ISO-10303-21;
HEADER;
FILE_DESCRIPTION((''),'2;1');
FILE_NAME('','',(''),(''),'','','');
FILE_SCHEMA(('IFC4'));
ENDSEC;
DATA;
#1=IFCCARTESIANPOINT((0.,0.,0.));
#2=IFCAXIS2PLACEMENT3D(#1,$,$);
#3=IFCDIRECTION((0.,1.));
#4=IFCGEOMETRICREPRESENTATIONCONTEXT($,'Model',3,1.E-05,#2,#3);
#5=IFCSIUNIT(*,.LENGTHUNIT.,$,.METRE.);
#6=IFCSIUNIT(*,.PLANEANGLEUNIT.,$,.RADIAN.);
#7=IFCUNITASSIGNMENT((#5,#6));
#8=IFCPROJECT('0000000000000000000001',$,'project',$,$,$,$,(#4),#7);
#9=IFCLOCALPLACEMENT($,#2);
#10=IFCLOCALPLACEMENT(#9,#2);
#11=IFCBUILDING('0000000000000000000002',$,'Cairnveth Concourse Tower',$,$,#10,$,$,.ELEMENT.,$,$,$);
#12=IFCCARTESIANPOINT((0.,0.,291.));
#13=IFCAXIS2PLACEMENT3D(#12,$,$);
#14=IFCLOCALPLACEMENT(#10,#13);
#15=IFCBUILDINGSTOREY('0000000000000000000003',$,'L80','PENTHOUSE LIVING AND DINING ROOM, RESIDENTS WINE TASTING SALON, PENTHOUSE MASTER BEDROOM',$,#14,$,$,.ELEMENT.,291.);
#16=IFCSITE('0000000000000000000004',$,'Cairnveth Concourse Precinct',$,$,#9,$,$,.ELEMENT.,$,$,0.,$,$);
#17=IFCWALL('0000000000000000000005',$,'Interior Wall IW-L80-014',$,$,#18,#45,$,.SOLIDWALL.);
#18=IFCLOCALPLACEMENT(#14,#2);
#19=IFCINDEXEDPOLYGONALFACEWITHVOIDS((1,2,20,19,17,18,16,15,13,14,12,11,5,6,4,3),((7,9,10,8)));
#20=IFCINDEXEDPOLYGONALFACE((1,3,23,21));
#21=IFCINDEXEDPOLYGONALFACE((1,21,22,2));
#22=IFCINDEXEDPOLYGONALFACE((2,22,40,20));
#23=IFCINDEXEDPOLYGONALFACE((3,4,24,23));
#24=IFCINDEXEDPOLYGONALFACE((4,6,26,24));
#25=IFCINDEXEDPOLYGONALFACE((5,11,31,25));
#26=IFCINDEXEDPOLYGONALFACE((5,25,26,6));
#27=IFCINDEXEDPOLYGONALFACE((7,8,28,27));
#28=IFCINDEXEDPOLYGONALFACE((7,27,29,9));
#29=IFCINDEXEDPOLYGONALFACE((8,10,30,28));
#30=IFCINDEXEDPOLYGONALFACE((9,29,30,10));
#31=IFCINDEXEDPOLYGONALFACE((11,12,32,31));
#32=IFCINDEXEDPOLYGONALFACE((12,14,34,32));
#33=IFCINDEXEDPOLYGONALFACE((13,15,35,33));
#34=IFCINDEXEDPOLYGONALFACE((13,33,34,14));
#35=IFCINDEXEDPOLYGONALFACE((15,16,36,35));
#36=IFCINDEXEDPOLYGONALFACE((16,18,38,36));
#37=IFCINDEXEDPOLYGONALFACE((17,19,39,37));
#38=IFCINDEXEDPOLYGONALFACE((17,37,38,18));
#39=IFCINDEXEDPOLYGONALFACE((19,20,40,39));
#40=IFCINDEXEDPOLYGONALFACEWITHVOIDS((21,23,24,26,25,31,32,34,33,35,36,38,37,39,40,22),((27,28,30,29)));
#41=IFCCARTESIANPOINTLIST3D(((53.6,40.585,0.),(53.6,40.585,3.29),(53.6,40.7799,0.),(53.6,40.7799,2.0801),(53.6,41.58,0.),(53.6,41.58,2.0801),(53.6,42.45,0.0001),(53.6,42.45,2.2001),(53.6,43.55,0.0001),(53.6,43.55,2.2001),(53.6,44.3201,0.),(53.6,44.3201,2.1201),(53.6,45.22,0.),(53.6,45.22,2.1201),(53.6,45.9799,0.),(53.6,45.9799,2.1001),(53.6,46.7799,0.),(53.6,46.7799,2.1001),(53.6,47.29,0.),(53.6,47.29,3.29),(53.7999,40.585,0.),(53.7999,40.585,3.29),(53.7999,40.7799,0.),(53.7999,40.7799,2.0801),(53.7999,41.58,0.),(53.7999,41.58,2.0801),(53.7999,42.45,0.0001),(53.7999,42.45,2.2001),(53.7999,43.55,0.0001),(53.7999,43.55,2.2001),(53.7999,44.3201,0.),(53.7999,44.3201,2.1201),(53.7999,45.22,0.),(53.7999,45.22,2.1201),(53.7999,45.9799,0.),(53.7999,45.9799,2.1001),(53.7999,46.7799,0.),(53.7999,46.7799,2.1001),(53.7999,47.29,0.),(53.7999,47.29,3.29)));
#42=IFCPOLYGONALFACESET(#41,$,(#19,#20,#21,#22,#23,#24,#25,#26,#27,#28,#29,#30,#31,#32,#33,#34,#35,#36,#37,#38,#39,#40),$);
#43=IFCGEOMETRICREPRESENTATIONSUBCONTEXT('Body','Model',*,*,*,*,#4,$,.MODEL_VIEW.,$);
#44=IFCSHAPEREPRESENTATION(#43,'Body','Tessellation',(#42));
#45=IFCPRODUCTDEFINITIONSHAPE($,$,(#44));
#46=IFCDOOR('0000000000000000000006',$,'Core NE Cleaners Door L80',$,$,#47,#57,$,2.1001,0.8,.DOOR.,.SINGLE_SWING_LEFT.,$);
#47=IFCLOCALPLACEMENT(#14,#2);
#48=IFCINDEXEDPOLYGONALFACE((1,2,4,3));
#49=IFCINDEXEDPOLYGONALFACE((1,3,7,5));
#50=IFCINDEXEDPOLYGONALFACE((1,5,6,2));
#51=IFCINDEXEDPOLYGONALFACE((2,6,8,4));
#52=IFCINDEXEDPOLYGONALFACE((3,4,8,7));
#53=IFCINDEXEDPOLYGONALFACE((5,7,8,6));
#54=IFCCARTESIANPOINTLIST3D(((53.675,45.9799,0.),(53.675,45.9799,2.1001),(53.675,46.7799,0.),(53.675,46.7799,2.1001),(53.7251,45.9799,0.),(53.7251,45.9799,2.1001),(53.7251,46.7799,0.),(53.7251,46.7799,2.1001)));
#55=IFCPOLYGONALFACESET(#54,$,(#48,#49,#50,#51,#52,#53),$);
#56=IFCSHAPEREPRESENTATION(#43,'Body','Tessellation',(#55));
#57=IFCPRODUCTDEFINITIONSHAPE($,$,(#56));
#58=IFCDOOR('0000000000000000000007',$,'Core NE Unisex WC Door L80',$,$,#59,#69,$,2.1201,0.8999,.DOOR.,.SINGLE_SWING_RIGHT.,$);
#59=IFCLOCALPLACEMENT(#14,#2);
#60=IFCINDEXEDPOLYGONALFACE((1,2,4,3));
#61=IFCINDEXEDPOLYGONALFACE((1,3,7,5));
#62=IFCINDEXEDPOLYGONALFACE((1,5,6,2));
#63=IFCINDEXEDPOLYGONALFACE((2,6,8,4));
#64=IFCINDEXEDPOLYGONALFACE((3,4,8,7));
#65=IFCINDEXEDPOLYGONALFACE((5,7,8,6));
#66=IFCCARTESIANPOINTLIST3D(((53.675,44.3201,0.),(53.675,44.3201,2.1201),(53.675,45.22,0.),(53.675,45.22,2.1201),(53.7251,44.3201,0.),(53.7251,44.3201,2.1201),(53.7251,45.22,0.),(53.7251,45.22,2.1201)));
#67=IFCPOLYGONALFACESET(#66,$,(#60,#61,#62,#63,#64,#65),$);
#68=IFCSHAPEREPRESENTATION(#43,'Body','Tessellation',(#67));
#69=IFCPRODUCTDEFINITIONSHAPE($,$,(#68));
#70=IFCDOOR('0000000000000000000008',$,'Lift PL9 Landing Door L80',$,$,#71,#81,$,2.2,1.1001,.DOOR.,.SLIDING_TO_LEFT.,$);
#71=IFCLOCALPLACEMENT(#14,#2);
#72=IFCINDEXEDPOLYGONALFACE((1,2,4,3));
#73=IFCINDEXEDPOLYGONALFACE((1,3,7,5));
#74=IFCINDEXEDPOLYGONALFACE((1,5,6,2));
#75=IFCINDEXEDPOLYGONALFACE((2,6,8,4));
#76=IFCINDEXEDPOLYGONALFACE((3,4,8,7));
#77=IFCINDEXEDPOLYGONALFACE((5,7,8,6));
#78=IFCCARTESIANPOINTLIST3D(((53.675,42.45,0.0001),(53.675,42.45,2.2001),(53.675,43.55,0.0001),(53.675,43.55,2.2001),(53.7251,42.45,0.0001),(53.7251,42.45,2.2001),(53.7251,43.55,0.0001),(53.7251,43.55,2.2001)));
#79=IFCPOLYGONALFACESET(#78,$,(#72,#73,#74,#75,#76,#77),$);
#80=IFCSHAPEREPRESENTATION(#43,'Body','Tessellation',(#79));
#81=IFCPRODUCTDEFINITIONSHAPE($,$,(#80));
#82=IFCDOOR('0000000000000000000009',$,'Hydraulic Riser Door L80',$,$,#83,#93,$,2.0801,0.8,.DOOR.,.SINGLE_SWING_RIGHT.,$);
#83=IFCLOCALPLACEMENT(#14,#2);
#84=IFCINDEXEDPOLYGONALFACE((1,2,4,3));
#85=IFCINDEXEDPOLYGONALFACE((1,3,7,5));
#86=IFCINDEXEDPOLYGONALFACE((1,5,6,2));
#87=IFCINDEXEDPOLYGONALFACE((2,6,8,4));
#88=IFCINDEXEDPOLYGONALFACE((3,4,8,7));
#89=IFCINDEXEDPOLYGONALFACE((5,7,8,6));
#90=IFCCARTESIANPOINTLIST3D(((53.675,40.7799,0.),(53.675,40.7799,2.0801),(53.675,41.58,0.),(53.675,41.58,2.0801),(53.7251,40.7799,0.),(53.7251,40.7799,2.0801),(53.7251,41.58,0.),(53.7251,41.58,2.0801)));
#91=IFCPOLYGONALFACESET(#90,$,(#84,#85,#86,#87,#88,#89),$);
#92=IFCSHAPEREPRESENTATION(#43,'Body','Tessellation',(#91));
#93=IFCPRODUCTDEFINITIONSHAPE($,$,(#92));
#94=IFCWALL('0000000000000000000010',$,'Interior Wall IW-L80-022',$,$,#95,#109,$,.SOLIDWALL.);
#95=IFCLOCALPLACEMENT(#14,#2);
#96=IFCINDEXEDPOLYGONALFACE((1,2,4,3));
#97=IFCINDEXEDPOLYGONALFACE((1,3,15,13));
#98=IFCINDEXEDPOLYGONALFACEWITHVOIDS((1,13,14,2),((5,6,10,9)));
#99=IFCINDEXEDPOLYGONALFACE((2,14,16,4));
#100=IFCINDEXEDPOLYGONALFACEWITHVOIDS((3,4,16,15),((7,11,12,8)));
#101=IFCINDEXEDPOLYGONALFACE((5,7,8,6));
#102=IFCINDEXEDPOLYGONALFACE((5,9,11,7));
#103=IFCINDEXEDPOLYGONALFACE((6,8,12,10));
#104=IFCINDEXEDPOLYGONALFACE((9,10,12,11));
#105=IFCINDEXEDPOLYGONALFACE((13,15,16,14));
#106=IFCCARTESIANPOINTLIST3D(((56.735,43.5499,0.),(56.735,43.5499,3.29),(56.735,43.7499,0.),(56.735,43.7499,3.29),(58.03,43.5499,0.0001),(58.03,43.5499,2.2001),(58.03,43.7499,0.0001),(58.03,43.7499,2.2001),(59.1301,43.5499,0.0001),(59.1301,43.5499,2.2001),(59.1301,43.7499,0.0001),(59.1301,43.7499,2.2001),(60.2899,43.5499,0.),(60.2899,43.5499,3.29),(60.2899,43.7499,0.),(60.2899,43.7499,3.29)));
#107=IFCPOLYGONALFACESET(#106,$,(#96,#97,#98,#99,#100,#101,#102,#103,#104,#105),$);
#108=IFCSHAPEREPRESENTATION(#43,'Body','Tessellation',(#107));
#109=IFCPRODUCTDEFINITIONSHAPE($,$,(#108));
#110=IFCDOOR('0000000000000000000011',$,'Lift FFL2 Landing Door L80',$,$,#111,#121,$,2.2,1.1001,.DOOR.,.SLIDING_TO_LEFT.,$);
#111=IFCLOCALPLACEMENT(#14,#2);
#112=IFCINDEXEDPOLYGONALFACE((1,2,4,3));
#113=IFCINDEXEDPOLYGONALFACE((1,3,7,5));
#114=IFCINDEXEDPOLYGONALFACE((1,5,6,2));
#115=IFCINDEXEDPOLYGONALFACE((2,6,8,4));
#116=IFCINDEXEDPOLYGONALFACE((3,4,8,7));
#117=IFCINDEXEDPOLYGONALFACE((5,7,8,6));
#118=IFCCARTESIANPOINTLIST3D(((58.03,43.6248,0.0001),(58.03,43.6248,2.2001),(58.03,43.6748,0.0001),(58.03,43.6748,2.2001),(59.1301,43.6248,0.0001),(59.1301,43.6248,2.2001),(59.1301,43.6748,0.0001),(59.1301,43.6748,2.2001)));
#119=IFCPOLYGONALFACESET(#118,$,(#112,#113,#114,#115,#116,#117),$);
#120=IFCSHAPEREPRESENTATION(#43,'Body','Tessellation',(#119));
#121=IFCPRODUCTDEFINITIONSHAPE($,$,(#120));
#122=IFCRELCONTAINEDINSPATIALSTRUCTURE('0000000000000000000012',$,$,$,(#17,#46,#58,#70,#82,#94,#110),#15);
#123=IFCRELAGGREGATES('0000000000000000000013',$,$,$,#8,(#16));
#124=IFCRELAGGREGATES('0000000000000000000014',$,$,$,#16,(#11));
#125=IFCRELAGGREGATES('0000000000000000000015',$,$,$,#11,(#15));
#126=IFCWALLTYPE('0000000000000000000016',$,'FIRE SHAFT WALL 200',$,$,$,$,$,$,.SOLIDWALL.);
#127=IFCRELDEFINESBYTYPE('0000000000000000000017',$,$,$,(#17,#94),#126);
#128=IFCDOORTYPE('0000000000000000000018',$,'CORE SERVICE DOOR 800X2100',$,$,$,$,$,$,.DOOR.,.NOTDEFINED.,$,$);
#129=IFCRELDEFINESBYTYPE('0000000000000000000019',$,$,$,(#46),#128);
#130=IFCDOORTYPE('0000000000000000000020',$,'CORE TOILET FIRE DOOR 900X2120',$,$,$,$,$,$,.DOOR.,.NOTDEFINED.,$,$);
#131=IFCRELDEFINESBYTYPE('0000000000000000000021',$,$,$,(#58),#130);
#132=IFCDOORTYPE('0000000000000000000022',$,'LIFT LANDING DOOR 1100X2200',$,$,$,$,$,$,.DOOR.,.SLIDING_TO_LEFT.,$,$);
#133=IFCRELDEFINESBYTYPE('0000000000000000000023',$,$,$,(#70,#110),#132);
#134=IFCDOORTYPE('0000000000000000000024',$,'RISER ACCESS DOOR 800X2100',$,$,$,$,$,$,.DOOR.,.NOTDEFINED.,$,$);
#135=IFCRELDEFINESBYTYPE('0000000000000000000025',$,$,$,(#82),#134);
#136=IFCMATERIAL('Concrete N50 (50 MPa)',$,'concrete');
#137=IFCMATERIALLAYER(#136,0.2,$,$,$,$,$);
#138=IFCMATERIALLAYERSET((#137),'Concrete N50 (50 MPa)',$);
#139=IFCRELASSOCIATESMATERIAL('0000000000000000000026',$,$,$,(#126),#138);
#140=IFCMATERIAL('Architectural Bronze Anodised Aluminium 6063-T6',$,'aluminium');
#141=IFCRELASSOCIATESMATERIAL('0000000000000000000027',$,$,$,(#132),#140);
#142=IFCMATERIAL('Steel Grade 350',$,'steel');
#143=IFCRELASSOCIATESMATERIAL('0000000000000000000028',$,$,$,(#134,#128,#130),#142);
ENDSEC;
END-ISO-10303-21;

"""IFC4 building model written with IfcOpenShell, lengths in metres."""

from ifc_helpers import new_model, si_unit, direction, frame, frame_2d, origin, place, context, subcontext, project, spatial, rectangle, extrude, material, layer, layer_set, type_object, element, fill, save


model = new_model("IFC4")

# Units and contexts
model_context = context("Model", 3, precision=1e-05, world=origin(), true_north=direction((0.0, 1.0)))
body_context = subcontext(model_context, "Body", "Model", "MODEL_VIEW")
ifc_project = project(units=[si_unit("LENGTHUNIT", "METRE"), si_unit("PLANEANGLEUNIT", "RADIAN")], contexts=[model_context])

# Site, building, storey
site_placement = place(None, origin())
site = spatial("IfcSite", under=ifc_project, at=site_placement, Name="Cairnveth Concourse Precinct", CompositionType="ELEMENT", RefElevation=0.0)
building_placement = place(site_placement, origin())
building = spatial("IfcBuilding", under=site, at=building_placement, Name="Cairnveth Concourse Tower", CompositionType="ELEMENT")
storey_placement = place(building_placement, frame((0.0, 0.0, 291.0)))
storey = spatial("IfcBuildingStorey", under=building, at=storey_placement, Name="L80", Description="PENTHOUSE LIVING AND DINING ROOM, RESIDENTS WINE TASTING SALON, PENTHOUSE MASTER BEDROOM", CompositionType="ELEMENT", Elevation=291.0)

# Shared definitions
ifc_material_1 = material(Name="Steel Grade 350", Category="steel")

# Shared definitions
ifc_material_2 = material(Name="Concrete N50 (50 MPa)", Category="concrete")

# Shared definitions
ifc_layer_1 = layer(ifc_material_2, 0.2)
ifc_layer_set_1 = layer_set([ifc_layer_1], Name="Concrete N50 (50 MPa)")
wall_type_1 = type_object("IfcWallType", Name="FIRE SHAFT WALL 200", PredefinedType="SOLIDWALL", material=ifc_layer_set_1)

# Wall, openings, doors
ifc_material_3 = material(Name="Architectural Bronze Anodised Aluminium 6063-T6", Category="aluminium")
door_type_1 = type_object("IfcDoorType", Name="LIFT LANDING DOOR 1100X2200", OperationType="SLIDING_TO_LEFT", PredefinedType="DOOR", material=ifc_material_3)
door_type_2 = type_object("IfcDoorType", Name="RISER ACCESS DOOR 800X2100", OperationType="NOTDEFINED", PredefinedType="DOOR", material=ifc_material_1)
wall_1_placement = place(storey_placement, frame((53.7, 40.585, 0.0), z_axis=(0.0, 0.0, 1.0), x_axis=(0.0, 1.0, 0.0)))
wall_1 = element("IfcWall", 1, at=wall_1_placement, inside=storey, type_object=wall_type_1, Name="Interior Wall IW-L80-014", PredefinedType="SOLIDWALL", context=body_context, shape_type="SweptSolid", body=[
    extrude(rectangle(XDim=6.7051, YDim=0.2, at=frame_2d((3.3525, 0.0))), origin(), (0.0, 0.0, 1.0), 3.29),
])
opening_1_placement = place(wall_1_placement, frame((0.1951, 0.0, 0.0)))
opening_1 = element("IfcOpeningElement", 2, at=opening_1_placement, cuts=wall_1, PredefinedType="OPENING", context=body_context, shape_type="SweptSolid", body=[
    extrude(rectangle(XDim=0.8, YDim=2.0801, at=frame_2d((0.3999, 1.04))), frame((0.0, 0.1099, 0.0), z_axis=(0.0, -1.0, 0.0), x_axis=(1.0, 0.0, 0.0)), (0.0, 0.0, 1.0), 0.22),
])
opening_2_placement = place(wall_1_placement, frame((1.865, 0.0, 0.0)))
opening_2 = element("IfcOpeningElement", 3, at=opening_2_placement, cuts=wall_1, PredefinedType="OPENING", context=body_context, shape_type="SweptSolid", body=[
    extrude(rectangle(XDim=1.1001, YDim=2.2, at=frame_2d((0.55, 1.1001))), frame((0.0, 0.1099, 0.0), z_axis=(0.0, -1.0, 0.0), x_axis=(1.0, 0.0, 0.0)), (0.0, 0.0, 1.0), 0.22),
])
opening_3_placement = place(wall_1_placement, frame((3.7351, 0.0, 0.0)))
opening_3 = element("IfcOpeningElement", 4, at=opening_3_placement, cuts=wall_1, PredefinedType="OPENING", context=body_context, shape_type="SweptSolid", body=[
    extrude(rectangle(XDim=0.8999, YDim=2.1201, at=frame_2d((0.45, 1.0601))), frame((0.0, 0.1099, 0.0), z_axis=(0.0, -1.0, 0.0), x_axis=(1.0, 0.0, 0.0)), (0.0, 0.0, 1.0), 0.22),
])
opening_4_placement = place(wall_1_placement, frame((5.395, 0.0, 0.0)))
opening_4 = element("IfcOpeningElement", 5, at=opening_4_placement, cuts=wall_1, PredefinedType="OPENING", context=body_context, shape_type="SweptSolid", body=[
    extrude(rectangle(XDim=0.8, YDim=2.1001, at=frame_2d((0.3999, 1.05))), frame((0.0, 0.1099, 0.0), z_axis=(0.0, -1.0, 0.0), x_axis=(1.0, 0.0, 0.0)), (0.0, 0.0, 1.0), 0.22),
])
door_type_3 = type_object("IfcDoorType", Name="CORE SERVICE DOOR 800X2100", OperationType="NOTDEFINED", PredefinedType="DOOR", material=ifc_material_1)
door_1_placement = place(opening_4_placement, origin())
door_1 = element("IfcDoor", 6, at=door_1_placement, inside=storey, type_object=door_type_3, Name="Core NE Cleaners Door L80", OperationType="SINGLE_SWING_LEFT", OverallHeight=2.1001, OverallWidth=0.8, PredefinedType="DOOR", context=body_context, shape_type="SweptSolid", body=[
    extrude(rectangle(XDim=0.8, YDim=2.1001, at=frame_2d((0.3999, 1.05))), frame((0.0, 0.0249, 0.0), z_axis=(0.0, -1.0, 0.0), x_axis=(1.0, 0.0, 0.0)), (0.0, 0.0, 1.0), 0.05),
])
fill(opening_4, door_1)
door_type_4 = type_object("IfcDoorType", Name="CORE TOILET FIRE DOOR 900X2120", OperationType="NOTDEFINED", PredefinedType="DOOR", material=ifc_material_1)
door_2_placement = place(opening_3_placement, origin())
door_2 = element("IfcDoor", 7, at=door_2_placement, inside=storey, type_object=door_type_4, Name="Core NE Unisex WC Door L80", OperationType="SINGLE_SWING_RIGHT", OverallHeight=2.1201, OverallWidth=0.8999, PredefinedType="DOOR", context=body_context, shape_type="SweptSolid", body=[
    extrude(rectangle(XDim=0.8999, YDim=2.1201, at=frame_2d((0.45, 1.0601))), frame((0.0, 0.0249, 0.0), z_axis=(0.0, -1.0, 0.0), x_axis=(1.0, 0.0, 0.0)), (0.0, 0.0, 1.0), 0.05),
])
fill(opening_3, door_2)
door_3_placement = place(opening_2_placement, origin())
door_3 = element("IfcDoor", 8, at=door_3_placement, inside=storey, type_object=door_type_1, Name="Lift PL9 Landing Door L80", OperationType="SLIDING_TO_LEFT", OverallHeight=2.2, OverallWidth=1.1001, PredefinedType="DOOR", context=body_context, shape_type="SweptSolid", body=[
    extrude(rectangle(XDim=1.1001, YDim=2.2, at=frame_2d((0.55, 1.1001))), frame((0.0, 0.0249, 0.0), z_axis=(0.0, -1.0, 0.0), x_axis=(1.0, 0.0, 0.0)), (0.0, 0.0, 1.0), 0.05),
])
fill(opening_2, door_3)
door_4_placement = place(opening_1_placement, origin())
door_4 = element("IfcDoor", 9, at=door_4_placement, inside=storey, type_object=door_type_2, Name="Hydraulic Riser Door L80", OperationType="SINGLE_SWING_RIGHT", OverallHeight=2.0801, OverallWidth=0.8, PredefinedType="DOOR", context=body_context, shape_type="SweptSolid", body=[
    extrude(rectangle(XDim=0.8, YDim=2.0801, at=frame_2d((0.3999, 1.04))), frame((0.0, 0.0249, 0.0), z_axis=(0.0, -1.0, 0.0), x_axis=(1.0, 0.0, 0.0)), (0.0, 0.0, 1.0), 0.05),
])
fill(opening_1, door_4)

# Wall, opening, door
wall_2_placement = place(storey_placement, frame((56.7351, 43.6499, 0.0), z_axis=(0.0, 0.0, 1.0), x_axis=(1.0, 0.0, 0.0)))
wall_2 = element("IfcWall", 10, at=wall_2_placement, inside=storey, type_object=wall_type_1, Name="Interior Wall IW-L80-022", PredefinedType="SOLIDWALL", context=body_context, shape_type="SweptSolid", body=[
    extrude(rectangle(XDim=3.5549, YDim=0.2, at=frame_2d((1.7773, 0.0))), origin(), (0.0, 0.0, 1.0), 3.29),
])
opening_5_placement = place(wall_2_placement, frame((1.2949, 0.0, 0.0)))
opening_5 = element("IfcOpeningElement", 11, at=opening_5_placement, cuts=wall_2, PredefinedType="OPENING", context=body_context, shape_type="SweptSolid", body=[
    extrude(rectangle(XDim=1.1001, YDim=2.2, at=frame_2d((0.55, 1.1001))), frame((0.0, 0.1099, 0.0), z_axis=(0.0, -1.0, 0.0), x_axis=(1.0, 0.0, 0.0)), (0.0, 0.0, 1.0), 0.22),
])
door_5_placement = place(opening_5_placement, origin())
door_5 = element("IfcDoor", 12, at=door_5_placement, inside=storey, type_object=door_type_1, Name="Lift FFL2 Landing Door L80", OperationType="SLIDING_TO_LEFT", OverallHeight=2.2, OverallWidth=1.1001, PredefinedType="DOOR", context=body_context, shape_type="SweptSolid", body=[
    extrude(rectangle(XDim=1.1001, YDim=2.2, at=frame_2d((0.55, 1.1001))), frame((0.0, 0.0249, 0.0), z_axis=(0.0, -1.0, 0.0), x_axis=(1.0, 0.0, 0.0)), (0.0, 0.0, 1.0), 0.05),
])
fill(opening_5, door_5)

save(model, "model.ifc")
